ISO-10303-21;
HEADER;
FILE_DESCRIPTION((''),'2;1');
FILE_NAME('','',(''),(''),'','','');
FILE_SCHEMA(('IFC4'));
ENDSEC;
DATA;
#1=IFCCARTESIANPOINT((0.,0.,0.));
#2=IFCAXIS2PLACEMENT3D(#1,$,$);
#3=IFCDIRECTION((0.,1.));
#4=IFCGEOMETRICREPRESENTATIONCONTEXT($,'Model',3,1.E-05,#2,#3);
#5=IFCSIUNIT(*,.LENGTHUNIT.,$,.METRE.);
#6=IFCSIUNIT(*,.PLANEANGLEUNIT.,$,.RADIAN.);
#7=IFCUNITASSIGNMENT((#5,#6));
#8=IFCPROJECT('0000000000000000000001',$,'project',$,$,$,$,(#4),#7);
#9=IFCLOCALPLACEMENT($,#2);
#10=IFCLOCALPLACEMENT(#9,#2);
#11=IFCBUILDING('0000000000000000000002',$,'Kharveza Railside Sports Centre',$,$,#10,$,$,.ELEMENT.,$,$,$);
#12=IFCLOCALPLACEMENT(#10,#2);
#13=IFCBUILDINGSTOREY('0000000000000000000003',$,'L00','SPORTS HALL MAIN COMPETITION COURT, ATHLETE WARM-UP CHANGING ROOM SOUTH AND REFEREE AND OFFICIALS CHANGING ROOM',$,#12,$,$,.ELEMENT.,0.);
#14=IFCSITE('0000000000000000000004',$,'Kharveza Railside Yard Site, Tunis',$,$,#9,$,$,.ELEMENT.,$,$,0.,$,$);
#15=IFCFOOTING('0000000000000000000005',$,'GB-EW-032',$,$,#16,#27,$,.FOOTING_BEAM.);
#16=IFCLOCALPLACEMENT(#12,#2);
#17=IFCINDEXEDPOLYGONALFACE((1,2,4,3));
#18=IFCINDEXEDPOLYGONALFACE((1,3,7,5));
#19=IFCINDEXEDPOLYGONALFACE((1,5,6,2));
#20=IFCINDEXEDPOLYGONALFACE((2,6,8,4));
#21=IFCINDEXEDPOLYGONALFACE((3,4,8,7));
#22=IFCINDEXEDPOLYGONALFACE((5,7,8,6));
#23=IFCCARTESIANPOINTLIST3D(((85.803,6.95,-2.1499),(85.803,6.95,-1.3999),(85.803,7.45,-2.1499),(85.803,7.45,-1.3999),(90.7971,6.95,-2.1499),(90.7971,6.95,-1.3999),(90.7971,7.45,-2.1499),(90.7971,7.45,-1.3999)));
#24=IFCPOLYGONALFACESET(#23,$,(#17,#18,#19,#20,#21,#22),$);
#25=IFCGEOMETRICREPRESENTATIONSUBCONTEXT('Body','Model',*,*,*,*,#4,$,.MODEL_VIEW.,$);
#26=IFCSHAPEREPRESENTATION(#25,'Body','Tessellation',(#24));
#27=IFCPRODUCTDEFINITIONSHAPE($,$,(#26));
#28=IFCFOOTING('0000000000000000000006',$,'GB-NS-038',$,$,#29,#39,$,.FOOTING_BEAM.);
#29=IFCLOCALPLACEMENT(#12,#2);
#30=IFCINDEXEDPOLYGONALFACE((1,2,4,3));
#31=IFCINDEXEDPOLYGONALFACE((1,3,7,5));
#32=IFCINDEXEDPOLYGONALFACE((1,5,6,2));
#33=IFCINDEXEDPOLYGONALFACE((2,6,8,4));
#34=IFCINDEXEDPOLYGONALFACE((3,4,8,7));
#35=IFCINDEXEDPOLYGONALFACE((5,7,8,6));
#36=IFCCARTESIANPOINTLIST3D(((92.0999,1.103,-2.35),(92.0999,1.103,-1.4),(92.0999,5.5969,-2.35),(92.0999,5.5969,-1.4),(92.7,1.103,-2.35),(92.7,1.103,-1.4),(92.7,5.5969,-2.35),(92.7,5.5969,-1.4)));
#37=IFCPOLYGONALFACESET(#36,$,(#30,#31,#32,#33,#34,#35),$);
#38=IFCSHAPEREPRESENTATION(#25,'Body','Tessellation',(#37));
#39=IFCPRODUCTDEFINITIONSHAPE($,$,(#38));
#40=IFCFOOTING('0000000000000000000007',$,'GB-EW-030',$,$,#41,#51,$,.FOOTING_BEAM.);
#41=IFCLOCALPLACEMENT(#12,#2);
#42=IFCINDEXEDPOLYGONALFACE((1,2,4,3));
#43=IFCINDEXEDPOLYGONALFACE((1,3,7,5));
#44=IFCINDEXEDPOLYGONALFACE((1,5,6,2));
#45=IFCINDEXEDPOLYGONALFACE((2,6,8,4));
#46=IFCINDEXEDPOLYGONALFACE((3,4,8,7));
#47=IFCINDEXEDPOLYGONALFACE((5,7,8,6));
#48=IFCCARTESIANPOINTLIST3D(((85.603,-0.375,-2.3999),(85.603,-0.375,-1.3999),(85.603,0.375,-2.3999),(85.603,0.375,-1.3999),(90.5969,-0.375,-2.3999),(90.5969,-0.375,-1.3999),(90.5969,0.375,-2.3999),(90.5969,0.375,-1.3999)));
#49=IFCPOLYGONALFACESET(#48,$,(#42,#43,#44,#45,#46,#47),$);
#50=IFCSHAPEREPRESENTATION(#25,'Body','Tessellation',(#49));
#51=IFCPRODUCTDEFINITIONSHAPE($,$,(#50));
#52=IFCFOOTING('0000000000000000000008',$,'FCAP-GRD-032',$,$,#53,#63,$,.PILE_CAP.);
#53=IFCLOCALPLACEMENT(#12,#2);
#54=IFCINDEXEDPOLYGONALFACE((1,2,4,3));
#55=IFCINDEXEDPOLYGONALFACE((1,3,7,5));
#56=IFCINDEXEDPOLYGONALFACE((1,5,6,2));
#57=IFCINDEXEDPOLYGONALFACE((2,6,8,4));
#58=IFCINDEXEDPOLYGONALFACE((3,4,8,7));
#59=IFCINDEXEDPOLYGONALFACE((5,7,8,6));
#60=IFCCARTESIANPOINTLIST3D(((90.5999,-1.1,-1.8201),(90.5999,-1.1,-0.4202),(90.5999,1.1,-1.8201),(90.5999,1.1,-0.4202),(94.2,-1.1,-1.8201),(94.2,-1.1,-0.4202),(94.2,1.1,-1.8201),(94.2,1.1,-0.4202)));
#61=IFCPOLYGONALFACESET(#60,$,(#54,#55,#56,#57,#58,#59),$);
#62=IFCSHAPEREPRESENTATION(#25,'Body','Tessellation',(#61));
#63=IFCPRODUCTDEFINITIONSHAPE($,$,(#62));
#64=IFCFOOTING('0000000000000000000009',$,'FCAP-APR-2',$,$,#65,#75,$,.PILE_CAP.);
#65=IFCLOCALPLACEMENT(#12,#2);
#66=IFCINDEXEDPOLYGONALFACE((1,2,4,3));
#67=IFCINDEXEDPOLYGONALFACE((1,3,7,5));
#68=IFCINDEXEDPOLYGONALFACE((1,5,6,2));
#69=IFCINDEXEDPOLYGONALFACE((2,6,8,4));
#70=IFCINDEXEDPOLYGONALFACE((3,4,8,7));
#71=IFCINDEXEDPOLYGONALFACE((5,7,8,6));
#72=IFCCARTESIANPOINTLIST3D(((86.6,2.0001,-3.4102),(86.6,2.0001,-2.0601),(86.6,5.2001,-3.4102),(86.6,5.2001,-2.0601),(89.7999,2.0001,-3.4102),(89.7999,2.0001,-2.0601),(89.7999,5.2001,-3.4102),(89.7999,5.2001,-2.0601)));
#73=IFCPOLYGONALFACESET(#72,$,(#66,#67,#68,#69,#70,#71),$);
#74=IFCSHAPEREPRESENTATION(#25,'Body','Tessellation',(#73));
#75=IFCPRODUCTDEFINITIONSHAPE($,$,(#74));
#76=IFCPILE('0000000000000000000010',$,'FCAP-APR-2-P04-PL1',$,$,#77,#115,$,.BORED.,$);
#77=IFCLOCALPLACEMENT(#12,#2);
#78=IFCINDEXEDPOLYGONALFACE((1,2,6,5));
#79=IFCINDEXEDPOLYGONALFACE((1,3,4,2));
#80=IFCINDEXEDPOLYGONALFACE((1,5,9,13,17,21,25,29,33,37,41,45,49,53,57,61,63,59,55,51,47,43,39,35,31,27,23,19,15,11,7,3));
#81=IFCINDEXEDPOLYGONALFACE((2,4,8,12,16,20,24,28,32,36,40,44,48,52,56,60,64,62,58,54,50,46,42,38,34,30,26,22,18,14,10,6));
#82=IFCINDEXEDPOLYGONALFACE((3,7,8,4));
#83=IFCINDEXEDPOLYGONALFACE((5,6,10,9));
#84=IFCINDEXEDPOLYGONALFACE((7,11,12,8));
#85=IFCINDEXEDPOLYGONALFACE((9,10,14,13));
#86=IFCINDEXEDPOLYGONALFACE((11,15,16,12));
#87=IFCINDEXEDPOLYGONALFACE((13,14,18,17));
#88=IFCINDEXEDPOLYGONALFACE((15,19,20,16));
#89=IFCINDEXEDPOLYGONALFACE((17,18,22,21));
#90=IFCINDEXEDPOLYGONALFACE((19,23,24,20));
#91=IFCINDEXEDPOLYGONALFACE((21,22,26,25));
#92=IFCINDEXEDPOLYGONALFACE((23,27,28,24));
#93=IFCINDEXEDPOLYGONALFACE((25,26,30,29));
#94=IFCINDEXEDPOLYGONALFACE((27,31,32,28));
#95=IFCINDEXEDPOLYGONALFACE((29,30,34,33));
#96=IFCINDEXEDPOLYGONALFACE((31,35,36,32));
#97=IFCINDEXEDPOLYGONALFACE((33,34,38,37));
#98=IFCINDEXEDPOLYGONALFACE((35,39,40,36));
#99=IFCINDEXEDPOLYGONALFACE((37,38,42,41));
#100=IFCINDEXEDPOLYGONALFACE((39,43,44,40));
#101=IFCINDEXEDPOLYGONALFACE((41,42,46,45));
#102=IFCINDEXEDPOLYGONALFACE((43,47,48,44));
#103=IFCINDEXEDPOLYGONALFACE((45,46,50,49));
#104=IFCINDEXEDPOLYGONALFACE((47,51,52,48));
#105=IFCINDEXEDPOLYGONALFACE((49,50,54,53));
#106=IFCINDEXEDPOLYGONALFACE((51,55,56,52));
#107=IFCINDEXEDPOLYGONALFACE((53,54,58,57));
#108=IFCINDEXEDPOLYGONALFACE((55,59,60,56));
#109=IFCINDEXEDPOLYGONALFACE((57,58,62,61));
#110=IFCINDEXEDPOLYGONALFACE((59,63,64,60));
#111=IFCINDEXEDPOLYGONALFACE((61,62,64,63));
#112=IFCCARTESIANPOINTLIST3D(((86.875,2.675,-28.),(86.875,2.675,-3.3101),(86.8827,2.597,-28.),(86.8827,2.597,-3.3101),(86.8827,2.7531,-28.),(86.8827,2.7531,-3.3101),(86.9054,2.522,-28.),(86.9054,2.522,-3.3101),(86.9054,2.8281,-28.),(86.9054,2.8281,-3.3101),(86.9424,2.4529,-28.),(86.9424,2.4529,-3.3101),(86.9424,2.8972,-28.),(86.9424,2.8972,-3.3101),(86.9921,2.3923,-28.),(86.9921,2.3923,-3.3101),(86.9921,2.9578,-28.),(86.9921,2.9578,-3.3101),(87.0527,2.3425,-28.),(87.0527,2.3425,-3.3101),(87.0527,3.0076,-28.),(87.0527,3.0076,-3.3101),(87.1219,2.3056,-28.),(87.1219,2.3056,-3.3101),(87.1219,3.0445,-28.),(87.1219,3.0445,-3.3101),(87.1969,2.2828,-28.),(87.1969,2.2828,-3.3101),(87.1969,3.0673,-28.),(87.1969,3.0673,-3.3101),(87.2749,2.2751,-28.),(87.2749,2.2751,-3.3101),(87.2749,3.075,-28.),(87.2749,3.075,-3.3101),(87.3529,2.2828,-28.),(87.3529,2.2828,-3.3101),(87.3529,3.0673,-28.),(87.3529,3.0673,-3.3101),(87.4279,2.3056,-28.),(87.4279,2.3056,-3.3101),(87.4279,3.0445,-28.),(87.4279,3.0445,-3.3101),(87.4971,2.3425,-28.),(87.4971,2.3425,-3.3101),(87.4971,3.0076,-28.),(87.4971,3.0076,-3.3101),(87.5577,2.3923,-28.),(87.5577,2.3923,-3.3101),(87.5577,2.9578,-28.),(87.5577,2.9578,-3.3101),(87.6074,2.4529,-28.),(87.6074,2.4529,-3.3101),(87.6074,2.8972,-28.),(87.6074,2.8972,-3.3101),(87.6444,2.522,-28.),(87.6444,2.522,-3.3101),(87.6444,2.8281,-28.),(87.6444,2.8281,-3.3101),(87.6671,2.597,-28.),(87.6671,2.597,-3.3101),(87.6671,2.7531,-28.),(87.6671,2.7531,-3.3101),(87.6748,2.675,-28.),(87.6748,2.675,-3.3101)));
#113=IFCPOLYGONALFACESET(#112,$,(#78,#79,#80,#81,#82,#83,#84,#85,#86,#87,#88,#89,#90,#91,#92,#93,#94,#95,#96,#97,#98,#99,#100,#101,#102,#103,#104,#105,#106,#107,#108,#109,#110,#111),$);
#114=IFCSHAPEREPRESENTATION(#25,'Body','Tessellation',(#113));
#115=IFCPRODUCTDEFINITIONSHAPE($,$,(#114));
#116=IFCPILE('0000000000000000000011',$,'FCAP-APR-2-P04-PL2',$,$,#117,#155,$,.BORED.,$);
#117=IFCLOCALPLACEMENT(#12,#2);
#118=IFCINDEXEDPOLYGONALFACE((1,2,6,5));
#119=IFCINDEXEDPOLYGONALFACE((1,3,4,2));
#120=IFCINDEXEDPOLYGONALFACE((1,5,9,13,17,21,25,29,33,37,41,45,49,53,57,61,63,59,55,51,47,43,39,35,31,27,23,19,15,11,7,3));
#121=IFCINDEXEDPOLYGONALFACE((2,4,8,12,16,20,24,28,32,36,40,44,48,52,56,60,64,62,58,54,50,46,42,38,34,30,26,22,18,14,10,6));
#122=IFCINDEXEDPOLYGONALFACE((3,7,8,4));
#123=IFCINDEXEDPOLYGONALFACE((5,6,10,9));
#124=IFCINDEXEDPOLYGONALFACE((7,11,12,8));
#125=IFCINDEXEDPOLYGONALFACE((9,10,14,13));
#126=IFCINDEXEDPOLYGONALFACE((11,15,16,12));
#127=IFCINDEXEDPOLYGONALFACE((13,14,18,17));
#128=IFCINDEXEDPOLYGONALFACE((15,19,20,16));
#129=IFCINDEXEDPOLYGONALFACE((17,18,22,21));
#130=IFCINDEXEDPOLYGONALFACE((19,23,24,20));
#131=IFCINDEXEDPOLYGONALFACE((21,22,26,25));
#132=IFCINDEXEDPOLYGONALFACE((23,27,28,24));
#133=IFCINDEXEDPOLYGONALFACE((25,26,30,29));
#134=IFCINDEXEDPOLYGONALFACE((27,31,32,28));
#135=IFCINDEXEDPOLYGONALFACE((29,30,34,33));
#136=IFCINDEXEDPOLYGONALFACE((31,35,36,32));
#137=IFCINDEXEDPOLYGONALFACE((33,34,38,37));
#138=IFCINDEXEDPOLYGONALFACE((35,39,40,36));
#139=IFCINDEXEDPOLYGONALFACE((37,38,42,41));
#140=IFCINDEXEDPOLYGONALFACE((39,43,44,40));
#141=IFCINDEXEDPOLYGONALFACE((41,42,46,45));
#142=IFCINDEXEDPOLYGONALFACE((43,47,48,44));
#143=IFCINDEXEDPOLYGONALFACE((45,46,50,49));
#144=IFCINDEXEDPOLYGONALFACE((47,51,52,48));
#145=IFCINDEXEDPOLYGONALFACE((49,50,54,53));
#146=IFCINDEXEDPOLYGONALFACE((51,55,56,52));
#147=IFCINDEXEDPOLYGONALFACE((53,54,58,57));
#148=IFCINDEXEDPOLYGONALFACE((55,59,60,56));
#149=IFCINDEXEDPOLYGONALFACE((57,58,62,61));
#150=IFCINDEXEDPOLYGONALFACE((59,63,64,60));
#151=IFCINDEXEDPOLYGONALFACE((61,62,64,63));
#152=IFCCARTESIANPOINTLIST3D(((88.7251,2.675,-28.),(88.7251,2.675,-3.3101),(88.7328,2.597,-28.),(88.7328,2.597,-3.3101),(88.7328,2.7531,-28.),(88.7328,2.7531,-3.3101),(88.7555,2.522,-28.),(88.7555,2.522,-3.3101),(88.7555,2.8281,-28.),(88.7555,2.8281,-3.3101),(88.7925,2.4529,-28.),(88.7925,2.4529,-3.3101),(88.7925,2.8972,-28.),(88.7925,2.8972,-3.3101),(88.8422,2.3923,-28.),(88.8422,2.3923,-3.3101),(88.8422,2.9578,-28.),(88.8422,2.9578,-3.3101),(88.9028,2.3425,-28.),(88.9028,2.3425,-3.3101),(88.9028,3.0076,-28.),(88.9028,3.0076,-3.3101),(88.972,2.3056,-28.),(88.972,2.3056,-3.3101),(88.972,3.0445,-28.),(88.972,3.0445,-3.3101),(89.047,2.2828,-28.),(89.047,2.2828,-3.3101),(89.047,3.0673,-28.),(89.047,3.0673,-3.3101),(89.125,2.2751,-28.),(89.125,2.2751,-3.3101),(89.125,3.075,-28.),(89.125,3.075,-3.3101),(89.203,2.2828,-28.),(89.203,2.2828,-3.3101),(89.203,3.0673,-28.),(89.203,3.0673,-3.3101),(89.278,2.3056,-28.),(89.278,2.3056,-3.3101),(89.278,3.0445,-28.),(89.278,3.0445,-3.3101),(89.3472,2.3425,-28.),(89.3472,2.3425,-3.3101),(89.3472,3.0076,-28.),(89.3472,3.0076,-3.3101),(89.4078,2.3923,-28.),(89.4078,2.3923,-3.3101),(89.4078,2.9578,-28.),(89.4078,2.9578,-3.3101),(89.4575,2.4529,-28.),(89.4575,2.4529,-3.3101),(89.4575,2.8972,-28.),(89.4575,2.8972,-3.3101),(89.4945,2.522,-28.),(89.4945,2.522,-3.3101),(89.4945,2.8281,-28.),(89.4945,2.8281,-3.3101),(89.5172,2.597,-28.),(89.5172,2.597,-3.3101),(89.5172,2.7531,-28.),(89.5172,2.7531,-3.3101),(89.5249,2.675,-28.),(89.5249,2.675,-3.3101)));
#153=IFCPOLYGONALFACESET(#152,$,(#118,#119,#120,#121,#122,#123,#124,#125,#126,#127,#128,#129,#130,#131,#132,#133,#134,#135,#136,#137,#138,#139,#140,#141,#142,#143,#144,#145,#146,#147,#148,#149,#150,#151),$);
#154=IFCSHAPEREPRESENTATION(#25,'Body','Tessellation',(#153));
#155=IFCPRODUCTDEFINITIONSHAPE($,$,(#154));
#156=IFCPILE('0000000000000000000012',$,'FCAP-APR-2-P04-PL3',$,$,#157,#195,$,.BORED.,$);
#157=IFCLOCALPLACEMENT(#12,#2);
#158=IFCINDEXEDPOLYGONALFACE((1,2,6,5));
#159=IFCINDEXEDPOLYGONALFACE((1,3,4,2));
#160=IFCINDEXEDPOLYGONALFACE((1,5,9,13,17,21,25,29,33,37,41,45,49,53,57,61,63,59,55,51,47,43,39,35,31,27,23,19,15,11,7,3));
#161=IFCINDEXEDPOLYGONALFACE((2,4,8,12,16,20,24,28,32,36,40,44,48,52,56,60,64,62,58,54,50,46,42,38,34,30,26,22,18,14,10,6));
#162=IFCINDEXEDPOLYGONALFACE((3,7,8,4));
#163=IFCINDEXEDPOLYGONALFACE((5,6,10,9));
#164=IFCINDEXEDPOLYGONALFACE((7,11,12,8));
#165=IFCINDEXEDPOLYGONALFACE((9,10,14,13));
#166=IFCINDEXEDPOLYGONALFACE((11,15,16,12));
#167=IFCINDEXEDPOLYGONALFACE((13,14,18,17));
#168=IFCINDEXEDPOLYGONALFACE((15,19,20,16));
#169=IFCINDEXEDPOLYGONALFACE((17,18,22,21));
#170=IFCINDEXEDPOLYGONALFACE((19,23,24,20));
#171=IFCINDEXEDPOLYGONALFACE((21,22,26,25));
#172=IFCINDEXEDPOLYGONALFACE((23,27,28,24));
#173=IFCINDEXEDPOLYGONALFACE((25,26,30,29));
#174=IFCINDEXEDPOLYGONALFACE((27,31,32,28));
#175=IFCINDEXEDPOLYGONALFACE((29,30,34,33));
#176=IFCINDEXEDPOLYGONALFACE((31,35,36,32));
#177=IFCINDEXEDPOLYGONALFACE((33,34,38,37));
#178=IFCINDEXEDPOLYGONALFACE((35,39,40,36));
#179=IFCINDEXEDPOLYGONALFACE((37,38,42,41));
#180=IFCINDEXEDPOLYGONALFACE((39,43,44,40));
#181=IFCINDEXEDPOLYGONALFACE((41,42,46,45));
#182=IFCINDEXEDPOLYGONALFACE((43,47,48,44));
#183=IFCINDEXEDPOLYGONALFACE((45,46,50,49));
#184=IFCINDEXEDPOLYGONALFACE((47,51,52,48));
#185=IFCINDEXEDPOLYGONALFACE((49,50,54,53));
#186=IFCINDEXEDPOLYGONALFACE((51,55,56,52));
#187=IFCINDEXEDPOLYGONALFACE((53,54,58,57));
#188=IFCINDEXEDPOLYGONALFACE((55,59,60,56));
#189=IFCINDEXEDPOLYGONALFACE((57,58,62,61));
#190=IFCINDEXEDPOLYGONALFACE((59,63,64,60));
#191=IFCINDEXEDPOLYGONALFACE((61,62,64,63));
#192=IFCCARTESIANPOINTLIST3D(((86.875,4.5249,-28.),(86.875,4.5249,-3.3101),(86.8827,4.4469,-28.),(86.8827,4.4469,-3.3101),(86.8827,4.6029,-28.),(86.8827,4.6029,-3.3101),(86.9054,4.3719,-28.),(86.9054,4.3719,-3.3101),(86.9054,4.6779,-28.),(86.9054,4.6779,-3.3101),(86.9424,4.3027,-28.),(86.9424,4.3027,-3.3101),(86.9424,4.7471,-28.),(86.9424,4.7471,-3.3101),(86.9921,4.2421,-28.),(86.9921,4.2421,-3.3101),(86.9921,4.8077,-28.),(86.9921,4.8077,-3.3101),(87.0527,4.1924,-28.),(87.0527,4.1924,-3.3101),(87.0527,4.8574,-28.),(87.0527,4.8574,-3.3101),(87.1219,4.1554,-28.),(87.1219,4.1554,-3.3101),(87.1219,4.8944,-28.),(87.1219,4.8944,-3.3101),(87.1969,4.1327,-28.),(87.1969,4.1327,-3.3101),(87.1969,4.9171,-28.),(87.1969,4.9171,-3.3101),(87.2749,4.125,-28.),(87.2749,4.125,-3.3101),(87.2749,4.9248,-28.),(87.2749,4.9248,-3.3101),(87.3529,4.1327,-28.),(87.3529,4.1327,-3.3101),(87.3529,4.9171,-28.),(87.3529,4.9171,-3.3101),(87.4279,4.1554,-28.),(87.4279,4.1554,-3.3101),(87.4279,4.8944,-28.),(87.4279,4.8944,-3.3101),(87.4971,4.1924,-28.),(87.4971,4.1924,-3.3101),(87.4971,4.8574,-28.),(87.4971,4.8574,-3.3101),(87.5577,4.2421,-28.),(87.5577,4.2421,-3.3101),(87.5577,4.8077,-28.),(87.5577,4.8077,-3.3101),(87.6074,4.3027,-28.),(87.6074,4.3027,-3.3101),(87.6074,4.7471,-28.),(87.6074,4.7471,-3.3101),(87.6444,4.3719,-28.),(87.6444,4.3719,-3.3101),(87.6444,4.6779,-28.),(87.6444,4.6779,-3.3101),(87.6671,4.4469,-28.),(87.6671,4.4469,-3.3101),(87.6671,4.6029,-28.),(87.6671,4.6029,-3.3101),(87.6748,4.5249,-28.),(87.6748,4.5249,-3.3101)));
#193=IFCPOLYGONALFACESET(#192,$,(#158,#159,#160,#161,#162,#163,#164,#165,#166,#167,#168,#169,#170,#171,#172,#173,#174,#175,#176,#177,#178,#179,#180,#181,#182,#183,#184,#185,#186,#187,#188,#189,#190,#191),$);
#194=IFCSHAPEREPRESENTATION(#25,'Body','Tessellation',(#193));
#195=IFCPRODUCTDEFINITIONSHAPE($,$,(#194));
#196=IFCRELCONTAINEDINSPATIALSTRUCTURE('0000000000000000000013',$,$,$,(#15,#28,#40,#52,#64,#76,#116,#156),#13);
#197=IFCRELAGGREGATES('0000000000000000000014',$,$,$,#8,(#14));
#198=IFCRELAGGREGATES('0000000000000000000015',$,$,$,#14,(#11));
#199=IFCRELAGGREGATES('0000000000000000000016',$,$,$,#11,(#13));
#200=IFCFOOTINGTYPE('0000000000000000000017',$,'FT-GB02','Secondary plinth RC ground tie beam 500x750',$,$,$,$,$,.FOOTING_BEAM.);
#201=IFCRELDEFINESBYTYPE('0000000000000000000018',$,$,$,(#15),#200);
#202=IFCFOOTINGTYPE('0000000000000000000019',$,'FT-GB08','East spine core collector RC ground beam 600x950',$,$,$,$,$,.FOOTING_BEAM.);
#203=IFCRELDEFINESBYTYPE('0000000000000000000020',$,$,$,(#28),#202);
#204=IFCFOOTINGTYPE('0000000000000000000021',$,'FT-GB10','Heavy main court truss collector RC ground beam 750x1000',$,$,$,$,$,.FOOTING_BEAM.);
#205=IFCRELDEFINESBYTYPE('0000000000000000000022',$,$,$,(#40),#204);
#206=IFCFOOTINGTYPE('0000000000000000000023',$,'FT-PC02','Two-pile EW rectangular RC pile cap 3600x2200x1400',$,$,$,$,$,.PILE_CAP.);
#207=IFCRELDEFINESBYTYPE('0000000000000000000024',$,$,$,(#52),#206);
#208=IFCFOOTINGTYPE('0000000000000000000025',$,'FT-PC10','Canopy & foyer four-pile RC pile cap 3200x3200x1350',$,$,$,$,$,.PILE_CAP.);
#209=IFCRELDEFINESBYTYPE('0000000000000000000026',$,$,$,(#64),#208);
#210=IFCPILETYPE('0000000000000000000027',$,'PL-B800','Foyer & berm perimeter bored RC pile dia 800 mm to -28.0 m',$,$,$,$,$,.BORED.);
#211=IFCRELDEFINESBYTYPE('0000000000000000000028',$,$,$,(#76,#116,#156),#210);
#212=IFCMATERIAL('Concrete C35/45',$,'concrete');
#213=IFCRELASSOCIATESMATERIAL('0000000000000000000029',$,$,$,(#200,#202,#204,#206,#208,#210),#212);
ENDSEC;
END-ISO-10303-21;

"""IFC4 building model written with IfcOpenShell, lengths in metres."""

from ifc_helpers import new_model, si_unit, direction, frame, origin, origin_2d, place, context, subcontext, project, spatial, rectangle, circle, extrude, material, material_profile, profile_set, type_object, element, save


model = new_model("IFC4")

# Units and contexts
model_context = context("Model", 3, precision=1e-05, world=origin(), true_north=direction((0.0, 1.0)))
body_context = subcontext(model_context, "Body", "Model", "MODEL_VIEW")
ifc_project = project(units=[si_unit("LENGTHUNIT", "METRE"), si_unit("PLANEANGLEUNIT", "RADIAN")], contexts=[model_context])

# Site, building, storey
site_placement = place(None, origin())
site = spatial("IfcSite", under=ifc_project, at=site_placement, Name="Kharveza Railside Yard Site, Tunis", CompositionType="ELEMENT", RefElevation=0.0)
building_placement = place(site_placement, origin())
building = spatial("IfcBuilding", under=site, at=building_placement, Name="Kharveza Railside Sports Centre", CompositionType="ELEMENT")
storey_placement = place(building_placement, origin())
storey = spatial("IfcBuildingStorey", under=building, at=storey_placement, Name="L00", Description="SPORTS HALL MAIN COMPETITION COURT, ATHLETE WARM-UP CHANGING ROOM SOUTH AND REFEREE AND OFFICIALS CHANGING ROOM", CompositionType="ELEMENT", Elevation=0.0)

# Footings
ifc_material_1 = material(Name="Concrete C35/45", Category="concrete")
ifc_material_profile_1 = material_profile(ifc_material_1, rectangle(XDim=0.5, YDim=0.75, at=origin_2d()), Name="GB 500x750")
ifc_profile_set_1 = profile_set([ifc_material_profile_1], Name="Concrete C35/45")
footing_type_1 = type_object("IfcFootingType", Name="FT-GB02", Description="Secondary plinth RC ground tie beam 500x750", PredefinedType="FOOTING_BEAM", material=ifc_profile_set_1)
footing_1_placement = place(storey_placement, frame((85.803, 7.2, -1.7749), z_axis=(1.0, 0.0, 0.0), x_axis=(0.0, 1.0, 0.0)))
element("IfcFooting", 1, at=footing_1_placement, inside=storey, type_object=footing_type_1, Name="GB-EW-032", PredefinedType="FOOTING_BEAM", context=body_context, shape_type="SweptSolid", body=[
    extrude(rectangle(XDim=0.5, YDim=0.75, at=origin_2d()), origin(), (0.0, 0.0, 1.0), 4.9941),
])
ifc_material_profile_2 = material_profile(ifc_material_1, rectangle(XDim=0.6001, YDim=0.95, at=origin_2d()), Name="GB 600x950")
ifc_profile_set_2 = profile_set([ifc_material_profile_2], Name="Concrete C35/45")
footing_type_2 = type_object("IfcFootingType", Name="FT-GB08", Description="East spine core collector RC ground beam 600x950", PredefinedType="FOOTING_BEAM", material=ifc_profile_set_2)
footing_2_placement = place(storey_placement, frame((92.3999, 1.103, -1.875), z_axis=(0.0, 1.0, 0.0), x_axis=(-1.0, 0.0, 0.0)))
element("IfcFooting", 2, at=footing_2_placement, inside=storey, type_object=footing_type_2, Name="GB-NS-038", PredefinedType="FOOTING_BEAM", context=body_context, shape_type="SweptSolid", body=[
    extrude(rectangle(XDim=0.6001, YDim=0.95, at=origin_2d()), origin(), (0.0, 0.0, 1.0), 4.4939),
])
ifc_material_profile_3 = material_profile(ifc_material_1, rectangle(XDim=0.75, YDim=1.0, at=origin_2d()), Name="GB 750x1000")
ifc_profile_set_3 = profile_set([ifc_material_profile_3], Name="Concrete C35/45")
footing_type_3 = type_object("IfcFootingType", Name="FT-GB10", Description="Heavy main court truss collector RC ground beam 750x1000", PredefinedType="FOOTING_BEAM", material=ifc_profile_set_3)
footing_3_placement = place(storey_placement, frame((85.603, 0.0, -1.8999), z_axis=(1.0, 0.0, 0.0), x_axis=(0.0, 1.0, 0.0)))
element("IfcFooting", 3, at=footing_3_placement, inside=storey, type_object=footing_type_3, Name="GB-EW-030", PredefinedType="FOOTING_BEAM", context=body_context, shape_type="SweptSolid", body=[
    extrude(rectangle(XDim=0.75, YDim=1.0, at=origin_2d()), origin(), (0.0, 0.0, 1.0), 4.9939),
])
footing_type_4 = type_object("IfcFootingType", Name="FT-PC02", Description="Two-pile EW rectangular RC pile cap 3600x2200x1400", PredefinedType="PILE_CAP", material=ifc_material_1)
footing_4_placement = place(storey_placement, frame((92.3999, 0.0, -1.8201), z_axis=(0.0, 0.0, 1.0), x_axis=(1.0, 0.0, 0.0)))
element("IfcFooting", 4, at=footing_4_placement, inside=storey, type_object=footing_type_4, Name="FCAP-GRD-032", PredefinedType="PILE_CAP", context=body_context, shape_type="SweptSolid", body=[
    extrude(rectangle(XDim=3.6001, YDim=2.2, at=origin_2d()), origin(), (0.0, 0.0, 1.0), 1.3999),
])
footing_type_5 = type_object("IfcFootingType", Name="FT-PC10", Description="Canopy & foyer four-pile RC pile cap 3200x3200x1350", PredefinedType="PILE_CAP", material=ifc_material_1)
footing_5_placement = place(storey_placement, frame((88.2, 3.6001, -3.4102), z_axis=(0.0, 0.0, 1.0), x_axis=(1.0, 0.0, 0.0)))
element("IfcFooting", 5, at=footing_5_placement, inside=storey, type_object=footing_type_5, Name="FCAP-APR-2", PredefinedType="PILE_CAP", context=body_context, shape_type="SweptSolid", body=[
    extrude(rectangle(XDim=3.2, YDim=3.2, at=origin_2d()), origin(), (0.0, 0.0, 1.0), 1.3501),
])

# Piles
ifc_material_profile_4 = material_profile(ifc_material_1, circle(Radius=0.3999, at=origin_2d()), Name="PILE D800")
ifc_profile_set_4 = profile_set([ifc_material_profile_4], Name="Concrete C35/45")
pile_type_1 = type_object("IfcPileType", Name="PL-B800", Description="Foyer & berm perimeter bored RC pile dia 800 mm to -28.0 m", PredefinedType="BORED", material=ifc_profile_set_4)
for number, where, z_axis, x_axis, name in (
    (6, (87.2749, 2.675, -3.3101), (0.0, 0.0, -1.0), (1.0, 0.0, 0.0), "FCAP-APR-2-P04-PL1"),
    (7, (89.125, 2.675, -3.3101), (0.0, 0.0, -1.0), (1.0, 0.0, 0.0), "FCAP-APR-2-P04-PL2"),
    (8, (87.2749, 4.5249, -3.3101), (0.0, 0.0, -1.0), (1.0, 0.0, 0.0), "FCAP-APR-2-P04-PL3"),
):
    element("IfcPile", number, at=place(storey_placement, frame(where, z_axis=z_axis, x_axis=x_axis)), inside=storey, type_object=pile_type_1, Name=name, PredefinedType="BORED", context=body_context, shape_type="SweptSolid", body=[
        extrude(circle(Radius=0.3999, at=origin_2d()), origin(), (0.0, 0.0, 1.0), 24.6899),
    ])

save(model, "model.ifc")
